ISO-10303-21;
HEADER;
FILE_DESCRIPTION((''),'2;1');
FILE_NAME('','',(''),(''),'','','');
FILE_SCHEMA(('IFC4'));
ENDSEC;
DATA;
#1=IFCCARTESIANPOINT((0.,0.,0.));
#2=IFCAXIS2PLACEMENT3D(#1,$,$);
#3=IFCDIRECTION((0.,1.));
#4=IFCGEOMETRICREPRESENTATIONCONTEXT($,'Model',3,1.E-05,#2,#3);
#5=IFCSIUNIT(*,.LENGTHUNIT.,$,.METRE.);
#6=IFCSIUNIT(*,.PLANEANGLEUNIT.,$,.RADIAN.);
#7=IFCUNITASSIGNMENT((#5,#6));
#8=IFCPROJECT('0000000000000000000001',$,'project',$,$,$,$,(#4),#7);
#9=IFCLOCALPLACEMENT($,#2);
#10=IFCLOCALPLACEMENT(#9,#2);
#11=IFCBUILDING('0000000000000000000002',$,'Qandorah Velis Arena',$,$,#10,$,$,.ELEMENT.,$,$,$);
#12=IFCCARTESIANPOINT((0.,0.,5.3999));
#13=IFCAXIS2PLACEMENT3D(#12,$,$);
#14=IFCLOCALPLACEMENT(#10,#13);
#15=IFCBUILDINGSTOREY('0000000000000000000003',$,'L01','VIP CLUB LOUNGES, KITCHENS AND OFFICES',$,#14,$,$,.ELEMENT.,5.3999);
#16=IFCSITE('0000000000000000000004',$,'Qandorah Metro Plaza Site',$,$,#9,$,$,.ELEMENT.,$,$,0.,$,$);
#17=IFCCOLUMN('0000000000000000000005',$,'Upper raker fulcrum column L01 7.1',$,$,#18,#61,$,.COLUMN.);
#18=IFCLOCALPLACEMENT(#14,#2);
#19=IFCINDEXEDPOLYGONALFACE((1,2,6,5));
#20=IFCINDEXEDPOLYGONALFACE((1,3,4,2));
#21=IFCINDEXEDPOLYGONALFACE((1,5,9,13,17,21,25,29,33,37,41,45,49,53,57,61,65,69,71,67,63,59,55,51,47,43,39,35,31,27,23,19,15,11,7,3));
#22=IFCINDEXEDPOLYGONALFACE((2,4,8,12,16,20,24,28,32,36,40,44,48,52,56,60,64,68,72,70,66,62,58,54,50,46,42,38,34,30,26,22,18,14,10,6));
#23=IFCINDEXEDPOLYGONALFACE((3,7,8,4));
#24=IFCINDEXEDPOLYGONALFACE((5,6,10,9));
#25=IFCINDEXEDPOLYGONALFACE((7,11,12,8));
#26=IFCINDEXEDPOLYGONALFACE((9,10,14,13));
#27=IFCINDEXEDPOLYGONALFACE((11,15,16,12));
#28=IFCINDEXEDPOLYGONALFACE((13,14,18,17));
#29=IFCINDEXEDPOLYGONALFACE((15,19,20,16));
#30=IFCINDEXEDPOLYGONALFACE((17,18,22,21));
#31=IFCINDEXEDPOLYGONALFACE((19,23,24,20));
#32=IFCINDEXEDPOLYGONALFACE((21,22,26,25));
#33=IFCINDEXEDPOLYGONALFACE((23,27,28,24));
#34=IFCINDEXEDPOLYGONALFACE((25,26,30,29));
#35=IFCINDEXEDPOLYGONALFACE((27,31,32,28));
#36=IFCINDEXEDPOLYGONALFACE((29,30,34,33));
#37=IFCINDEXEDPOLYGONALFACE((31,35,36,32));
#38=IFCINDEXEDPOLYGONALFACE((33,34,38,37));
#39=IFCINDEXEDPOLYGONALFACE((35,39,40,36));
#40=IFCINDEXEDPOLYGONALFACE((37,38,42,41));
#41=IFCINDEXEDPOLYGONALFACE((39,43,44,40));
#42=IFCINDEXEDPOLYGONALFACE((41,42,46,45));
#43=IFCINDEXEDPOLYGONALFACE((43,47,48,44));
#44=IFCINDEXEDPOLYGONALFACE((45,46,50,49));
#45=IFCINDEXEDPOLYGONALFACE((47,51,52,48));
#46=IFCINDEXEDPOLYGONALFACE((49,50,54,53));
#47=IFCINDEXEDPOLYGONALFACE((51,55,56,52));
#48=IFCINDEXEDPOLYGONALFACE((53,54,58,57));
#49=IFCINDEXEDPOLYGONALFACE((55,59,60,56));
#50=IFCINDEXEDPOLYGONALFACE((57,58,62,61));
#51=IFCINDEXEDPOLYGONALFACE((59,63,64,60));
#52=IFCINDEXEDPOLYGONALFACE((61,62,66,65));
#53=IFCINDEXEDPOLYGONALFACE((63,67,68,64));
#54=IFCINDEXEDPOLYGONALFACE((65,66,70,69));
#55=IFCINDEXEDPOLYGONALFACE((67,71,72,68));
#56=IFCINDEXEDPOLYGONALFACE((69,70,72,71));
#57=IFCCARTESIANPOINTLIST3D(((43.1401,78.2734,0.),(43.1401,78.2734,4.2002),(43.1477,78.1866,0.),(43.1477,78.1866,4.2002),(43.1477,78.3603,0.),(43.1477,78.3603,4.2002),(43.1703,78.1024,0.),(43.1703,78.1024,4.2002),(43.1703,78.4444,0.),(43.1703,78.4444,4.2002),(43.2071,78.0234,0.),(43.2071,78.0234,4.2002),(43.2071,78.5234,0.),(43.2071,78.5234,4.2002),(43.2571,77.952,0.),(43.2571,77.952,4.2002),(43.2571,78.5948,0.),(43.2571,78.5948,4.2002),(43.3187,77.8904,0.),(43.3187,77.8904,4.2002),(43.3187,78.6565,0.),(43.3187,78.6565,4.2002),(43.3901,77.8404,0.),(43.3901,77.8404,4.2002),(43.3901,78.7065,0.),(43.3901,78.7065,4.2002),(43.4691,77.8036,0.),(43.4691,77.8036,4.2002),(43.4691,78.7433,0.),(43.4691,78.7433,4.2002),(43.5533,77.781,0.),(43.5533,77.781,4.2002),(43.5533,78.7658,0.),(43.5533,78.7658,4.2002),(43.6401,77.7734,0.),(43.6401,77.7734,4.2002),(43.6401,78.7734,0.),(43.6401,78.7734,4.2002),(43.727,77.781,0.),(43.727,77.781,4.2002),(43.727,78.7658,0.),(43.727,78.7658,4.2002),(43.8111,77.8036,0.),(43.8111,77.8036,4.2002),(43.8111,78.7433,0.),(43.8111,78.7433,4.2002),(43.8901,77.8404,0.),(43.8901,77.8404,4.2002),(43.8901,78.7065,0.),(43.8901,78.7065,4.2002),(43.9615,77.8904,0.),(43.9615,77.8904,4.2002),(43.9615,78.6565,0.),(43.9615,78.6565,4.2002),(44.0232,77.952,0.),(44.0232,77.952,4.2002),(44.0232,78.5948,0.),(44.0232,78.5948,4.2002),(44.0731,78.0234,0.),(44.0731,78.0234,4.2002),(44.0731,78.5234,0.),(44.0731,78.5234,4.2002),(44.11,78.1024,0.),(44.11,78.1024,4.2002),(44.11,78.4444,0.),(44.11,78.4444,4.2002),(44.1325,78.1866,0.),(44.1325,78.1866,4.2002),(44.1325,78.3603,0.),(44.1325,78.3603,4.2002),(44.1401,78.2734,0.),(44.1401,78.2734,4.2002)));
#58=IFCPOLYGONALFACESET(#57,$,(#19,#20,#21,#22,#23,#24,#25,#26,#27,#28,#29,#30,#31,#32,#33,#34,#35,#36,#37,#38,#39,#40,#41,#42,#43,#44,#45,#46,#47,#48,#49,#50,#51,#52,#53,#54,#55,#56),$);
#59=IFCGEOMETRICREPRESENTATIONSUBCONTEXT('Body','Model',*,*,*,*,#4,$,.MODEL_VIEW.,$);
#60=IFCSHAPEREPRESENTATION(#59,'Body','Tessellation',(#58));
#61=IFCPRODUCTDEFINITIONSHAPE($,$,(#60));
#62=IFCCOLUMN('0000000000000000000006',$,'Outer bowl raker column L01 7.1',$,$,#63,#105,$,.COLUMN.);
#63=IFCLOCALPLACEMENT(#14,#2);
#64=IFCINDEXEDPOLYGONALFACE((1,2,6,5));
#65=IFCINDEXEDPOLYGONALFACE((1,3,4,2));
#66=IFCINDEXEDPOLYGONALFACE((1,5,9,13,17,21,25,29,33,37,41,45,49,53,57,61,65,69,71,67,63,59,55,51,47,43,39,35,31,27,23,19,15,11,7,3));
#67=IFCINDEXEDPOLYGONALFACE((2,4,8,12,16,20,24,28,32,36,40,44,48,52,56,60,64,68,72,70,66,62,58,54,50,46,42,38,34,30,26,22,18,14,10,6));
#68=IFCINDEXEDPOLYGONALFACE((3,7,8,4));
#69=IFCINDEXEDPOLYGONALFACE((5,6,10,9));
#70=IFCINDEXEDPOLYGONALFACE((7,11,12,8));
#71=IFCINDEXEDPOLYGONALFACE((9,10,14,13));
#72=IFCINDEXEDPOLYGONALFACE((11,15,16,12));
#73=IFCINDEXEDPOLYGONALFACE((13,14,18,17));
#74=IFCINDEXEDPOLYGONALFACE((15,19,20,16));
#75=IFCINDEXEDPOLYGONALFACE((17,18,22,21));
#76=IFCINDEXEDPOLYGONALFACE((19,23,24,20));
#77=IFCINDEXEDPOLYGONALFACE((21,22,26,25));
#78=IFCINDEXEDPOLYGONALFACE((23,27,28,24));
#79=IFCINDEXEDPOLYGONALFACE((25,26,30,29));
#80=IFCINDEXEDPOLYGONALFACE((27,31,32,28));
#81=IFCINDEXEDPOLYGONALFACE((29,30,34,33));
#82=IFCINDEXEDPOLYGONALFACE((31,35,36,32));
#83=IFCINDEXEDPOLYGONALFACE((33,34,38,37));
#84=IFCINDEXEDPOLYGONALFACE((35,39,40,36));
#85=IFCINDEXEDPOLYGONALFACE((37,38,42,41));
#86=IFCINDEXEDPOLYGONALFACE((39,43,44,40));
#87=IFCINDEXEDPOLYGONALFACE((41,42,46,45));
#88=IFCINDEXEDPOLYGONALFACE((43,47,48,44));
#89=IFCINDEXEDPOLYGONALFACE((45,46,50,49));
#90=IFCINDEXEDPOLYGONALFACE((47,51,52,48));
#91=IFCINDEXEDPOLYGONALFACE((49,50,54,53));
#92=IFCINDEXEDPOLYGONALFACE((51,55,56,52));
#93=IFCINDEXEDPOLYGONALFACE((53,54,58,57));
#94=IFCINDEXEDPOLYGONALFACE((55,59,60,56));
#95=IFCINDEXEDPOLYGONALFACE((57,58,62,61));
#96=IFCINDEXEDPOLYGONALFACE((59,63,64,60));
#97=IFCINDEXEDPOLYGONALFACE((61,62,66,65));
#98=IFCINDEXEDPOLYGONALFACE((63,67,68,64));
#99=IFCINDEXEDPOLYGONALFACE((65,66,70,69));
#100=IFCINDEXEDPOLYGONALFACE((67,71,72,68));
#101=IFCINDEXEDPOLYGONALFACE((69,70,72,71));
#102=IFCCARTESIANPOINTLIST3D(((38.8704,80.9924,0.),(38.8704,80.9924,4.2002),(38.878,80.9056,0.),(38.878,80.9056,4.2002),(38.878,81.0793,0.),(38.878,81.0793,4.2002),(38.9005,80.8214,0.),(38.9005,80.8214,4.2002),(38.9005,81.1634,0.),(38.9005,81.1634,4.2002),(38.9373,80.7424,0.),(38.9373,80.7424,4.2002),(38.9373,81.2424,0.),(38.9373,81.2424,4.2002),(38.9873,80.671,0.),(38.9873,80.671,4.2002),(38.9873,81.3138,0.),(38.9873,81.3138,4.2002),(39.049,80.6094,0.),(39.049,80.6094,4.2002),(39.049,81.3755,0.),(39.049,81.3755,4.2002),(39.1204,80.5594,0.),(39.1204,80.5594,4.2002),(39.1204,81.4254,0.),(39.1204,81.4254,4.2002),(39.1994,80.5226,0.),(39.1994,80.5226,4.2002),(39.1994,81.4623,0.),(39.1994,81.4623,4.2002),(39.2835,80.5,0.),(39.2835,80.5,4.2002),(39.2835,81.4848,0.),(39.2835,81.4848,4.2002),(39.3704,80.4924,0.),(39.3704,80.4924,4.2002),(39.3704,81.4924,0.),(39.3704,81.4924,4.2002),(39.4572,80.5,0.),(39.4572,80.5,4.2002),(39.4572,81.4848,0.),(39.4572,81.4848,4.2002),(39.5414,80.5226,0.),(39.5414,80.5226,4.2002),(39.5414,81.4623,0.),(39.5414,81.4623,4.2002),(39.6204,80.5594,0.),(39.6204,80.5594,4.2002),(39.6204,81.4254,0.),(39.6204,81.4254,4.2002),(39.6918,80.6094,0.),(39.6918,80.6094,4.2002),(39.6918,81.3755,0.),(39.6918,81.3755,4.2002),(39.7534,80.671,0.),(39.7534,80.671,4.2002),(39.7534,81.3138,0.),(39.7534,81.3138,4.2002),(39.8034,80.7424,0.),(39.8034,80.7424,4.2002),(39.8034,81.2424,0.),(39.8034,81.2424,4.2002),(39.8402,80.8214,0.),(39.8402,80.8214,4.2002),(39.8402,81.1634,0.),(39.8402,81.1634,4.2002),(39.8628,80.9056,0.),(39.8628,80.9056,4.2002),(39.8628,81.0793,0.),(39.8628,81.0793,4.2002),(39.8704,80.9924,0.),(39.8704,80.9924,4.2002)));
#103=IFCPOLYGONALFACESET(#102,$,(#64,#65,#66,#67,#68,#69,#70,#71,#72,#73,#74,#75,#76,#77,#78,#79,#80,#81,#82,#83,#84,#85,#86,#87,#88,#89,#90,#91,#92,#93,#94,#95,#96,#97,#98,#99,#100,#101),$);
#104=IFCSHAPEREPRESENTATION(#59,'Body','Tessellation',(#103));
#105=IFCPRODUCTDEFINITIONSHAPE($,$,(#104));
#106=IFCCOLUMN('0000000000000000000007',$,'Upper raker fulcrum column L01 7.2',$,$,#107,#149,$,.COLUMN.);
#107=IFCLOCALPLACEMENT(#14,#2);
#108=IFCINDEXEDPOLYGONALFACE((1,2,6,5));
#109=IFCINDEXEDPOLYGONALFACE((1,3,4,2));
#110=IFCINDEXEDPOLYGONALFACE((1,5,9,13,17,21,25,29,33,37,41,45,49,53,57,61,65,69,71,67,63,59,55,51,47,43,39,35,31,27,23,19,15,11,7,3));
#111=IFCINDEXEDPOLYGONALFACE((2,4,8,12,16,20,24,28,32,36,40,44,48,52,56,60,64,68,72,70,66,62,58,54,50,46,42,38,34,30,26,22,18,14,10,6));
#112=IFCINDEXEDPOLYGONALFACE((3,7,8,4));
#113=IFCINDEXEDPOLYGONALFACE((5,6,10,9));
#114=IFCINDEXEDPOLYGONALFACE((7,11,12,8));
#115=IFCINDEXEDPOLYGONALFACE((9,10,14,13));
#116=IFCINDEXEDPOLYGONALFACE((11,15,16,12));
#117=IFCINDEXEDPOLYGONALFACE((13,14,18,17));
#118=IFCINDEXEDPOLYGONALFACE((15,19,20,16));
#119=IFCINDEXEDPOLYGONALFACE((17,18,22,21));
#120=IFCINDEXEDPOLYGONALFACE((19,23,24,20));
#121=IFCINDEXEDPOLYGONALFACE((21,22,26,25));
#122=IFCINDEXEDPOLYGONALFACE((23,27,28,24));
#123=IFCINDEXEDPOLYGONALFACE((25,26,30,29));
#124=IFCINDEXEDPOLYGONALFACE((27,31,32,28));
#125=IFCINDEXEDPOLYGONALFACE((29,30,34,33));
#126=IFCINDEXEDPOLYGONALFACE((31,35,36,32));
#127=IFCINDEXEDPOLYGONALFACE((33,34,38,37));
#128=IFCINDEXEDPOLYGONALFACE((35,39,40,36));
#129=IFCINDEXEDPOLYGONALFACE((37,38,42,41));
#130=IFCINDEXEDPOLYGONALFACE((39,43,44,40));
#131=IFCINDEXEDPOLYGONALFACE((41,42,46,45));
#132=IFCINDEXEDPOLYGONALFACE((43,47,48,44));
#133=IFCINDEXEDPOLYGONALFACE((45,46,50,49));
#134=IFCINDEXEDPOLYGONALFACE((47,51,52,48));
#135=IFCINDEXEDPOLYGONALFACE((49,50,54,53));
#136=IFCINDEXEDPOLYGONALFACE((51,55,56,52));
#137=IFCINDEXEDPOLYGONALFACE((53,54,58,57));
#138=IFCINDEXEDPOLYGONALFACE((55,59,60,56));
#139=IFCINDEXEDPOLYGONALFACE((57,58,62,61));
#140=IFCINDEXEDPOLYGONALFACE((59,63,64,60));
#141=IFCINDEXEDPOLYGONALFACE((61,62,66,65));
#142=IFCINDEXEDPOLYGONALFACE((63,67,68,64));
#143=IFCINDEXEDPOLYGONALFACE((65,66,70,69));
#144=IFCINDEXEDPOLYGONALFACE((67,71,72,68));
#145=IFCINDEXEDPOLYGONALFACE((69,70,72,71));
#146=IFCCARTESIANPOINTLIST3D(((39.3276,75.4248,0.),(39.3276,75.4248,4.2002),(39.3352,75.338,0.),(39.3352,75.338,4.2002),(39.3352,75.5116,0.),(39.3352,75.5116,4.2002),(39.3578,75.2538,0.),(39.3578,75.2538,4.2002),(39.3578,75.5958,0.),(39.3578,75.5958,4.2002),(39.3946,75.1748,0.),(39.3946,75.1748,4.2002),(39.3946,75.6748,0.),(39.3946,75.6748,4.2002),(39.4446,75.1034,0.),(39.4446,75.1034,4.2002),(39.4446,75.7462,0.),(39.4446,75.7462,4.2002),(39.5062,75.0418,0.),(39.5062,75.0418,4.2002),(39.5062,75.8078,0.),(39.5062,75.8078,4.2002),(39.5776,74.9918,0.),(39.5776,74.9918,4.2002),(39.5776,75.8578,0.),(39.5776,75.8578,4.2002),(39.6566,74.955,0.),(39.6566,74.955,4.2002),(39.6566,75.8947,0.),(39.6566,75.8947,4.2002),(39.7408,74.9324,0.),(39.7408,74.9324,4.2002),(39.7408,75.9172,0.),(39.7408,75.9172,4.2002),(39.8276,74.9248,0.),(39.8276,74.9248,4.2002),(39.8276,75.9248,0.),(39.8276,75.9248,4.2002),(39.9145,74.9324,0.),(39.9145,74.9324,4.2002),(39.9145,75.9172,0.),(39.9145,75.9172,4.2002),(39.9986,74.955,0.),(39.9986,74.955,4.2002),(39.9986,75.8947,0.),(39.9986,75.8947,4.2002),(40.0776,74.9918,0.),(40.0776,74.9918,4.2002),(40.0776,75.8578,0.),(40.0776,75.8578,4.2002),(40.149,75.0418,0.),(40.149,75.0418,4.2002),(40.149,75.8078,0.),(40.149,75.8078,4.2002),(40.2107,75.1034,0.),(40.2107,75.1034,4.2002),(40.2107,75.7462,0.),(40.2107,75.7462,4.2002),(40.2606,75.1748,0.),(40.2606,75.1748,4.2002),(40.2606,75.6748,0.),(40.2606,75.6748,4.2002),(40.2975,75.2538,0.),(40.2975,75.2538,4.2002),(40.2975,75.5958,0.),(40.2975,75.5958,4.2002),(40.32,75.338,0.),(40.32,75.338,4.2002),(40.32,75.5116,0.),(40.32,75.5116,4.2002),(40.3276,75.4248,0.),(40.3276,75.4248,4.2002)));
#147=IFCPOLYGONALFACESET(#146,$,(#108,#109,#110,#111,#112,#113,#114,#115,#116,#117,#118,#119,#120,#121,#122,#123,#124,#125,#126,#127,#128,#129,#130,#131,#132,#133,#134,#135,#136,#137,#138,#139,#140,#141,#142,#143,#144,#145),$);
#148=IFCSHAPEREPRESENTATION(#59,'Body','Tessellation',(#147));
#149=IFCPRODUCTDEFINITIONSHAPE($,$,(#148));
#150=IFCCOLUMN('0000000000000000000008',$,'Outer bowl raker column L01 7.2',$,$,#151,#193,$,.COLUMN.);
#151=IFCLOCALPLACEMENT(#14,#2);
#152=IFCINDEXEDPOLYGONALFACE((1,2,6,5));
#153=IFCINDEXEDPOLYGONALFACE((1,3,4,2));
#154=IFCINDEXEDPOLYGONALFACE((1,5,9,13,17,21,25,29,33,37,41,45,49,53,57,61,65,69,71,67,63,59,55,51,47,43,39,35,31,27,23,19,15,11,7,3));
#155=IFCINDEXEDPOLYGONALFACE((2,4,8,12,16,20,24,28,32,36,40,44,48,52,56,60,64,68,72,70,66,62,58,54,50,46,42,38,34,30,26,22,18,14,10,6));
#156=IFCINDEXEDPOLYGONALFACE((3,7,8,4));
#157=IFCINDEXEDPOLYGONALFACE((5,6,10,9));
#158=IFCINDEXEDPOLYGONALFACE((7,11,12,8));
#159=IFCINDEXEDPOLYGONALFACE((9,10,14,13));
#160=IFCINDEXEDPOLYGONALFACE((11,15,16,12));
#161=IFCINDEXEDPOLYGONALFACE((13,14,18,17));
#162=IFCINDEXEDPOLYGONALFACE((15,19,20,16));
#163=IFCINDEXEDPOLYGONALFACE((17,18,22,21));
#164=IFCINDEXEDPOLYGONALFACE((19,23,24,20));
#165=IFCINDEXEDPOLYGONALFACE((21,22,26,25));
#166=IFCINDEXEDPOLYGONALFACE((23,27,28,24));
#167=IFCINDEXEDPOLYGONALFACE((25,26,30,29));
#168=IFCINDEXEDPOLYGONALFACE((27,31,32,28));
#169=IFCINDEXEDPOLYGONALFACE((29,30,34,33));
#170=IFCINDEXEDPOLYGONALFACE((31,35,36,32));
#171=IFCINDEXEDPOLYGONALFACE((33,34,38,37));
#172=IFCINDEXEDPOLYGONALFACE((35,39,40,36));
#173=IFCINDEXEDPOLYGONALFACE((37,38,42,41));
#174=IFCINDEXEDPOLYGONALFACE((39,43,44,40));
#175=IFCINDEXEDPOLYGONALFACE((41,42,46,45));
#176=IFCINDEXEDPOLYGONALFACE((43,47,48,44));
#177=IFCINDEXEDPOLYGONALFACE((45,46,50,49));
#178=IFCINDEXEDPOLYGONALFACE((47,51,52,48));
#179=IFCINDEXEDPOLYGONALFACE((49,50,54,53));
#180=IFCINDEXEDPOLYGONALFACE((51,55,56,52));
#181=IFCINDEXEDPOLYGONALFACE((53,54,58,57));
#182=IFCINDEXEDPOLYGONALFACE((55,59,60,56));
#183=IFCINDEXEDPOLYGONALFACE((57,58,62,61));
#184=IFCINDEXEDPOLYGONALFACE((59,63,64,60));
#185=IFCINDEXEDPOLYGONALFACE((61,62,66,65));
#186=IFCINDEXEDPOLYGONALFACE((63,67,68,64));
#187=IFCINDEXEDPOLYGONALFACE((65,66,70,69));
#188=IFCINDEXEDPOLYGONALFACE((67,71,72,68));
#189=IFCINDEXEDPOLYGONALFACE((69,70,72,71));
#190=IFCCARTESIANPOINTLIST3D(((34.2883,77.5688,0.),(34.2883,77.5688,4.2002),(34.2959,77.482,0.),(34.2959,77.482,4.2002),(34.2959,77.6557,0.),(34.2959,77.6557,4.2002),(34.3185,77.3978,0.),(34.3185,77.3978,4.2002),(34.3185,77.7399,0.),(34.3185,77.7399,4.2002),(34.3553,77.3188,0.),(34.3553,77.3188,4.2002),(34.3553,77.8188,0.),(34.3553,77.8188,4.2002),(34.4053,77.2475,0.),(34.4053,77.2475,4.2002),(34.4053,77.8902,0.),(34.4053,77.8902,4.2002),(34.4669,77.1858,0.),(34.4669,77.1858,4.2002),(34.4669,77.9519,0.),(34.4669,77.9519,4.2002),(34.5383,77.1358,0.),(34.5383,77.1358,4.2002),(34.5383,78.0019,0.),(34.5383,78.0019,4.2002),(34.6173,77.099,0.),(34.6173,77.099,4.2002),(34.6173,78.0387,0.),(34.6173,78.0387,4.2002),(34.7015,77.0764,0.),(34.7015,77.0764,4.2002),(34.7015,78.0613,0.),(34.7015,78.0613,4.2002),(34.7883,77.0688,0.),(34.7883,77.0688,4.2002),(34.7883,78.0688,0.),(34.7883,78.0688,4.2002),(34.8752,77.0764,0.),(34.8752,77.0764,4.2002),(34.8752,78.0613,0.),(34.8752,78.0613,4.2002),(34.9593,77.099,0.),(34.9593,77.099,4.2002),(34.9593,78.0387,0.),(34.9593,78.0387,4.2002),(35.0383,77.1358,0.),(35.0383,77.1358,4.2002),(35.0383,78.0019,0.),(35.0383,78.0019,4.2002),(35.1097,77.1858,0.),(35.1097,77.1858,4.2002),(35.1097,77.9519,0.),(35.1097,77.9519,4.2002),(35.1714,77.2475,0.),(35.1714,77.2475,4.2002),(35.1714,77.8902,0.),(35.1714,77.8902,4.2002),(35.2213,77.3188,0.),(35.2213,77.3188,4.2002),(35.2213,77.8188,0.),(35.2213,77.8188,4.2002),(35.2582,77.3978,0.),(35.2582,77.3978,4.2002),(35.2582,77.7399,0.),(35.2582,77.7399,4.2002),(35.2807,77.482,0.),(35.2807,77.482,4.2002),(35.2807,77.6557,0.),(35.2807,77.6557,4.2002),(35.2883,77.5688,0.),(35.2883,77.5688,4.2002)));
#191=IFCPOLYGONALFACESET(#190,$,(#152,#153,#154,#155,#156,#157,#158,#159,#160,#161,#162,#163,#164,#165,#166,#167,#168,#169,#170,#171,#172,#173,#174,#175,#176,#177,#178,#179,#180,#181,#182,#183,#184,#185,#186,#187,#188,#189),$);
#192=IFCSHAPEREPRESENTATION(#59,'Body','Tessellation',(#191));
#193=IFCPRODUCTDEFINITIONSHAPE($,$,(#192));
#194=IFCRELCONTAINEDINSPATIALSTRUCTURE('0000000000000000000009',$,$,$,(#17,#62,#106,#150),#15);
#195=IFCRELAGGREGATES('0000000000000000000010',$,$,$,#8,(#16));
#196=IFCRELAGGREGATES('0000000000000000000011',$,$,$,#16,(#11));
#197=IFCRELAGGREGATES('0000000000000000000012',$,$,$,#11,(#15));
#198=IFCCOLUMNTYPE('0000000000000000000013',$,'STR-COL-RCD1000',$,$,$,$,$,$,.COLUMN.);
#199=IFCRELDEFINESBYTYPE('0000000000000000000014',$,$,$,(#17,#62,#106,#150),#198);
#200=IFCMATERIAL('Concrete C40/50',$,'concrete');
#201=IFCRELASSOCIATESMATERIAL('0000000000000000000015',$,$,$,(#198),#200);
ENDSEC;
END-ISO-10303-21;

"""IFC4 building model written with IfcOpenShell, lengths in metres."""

from ifc_helpers import new_model, si_unit, direction, frame, origin, origin_2d, place, context, subcontext, project, spatial, circle, extrude, material, material_profile, profile_set, type_object, element, save


model = new_model("IFC4")

# Units and contexts
model_context = context("Model", 3, precision=1e-05, world=origin(), true_north=direction((0.0, 1.0)))
body_context = subcontext(model_context, "Body", "Model", "MODEL_VIEW")
ifc_project = project(units=[si_unit("LENGTHUNIT", "METRE"), si_unit("PLANEANGLEUNIT", "RADIAN")], contexts=[model_context])

# Site, building, storey
site_placement = place(None, origin())
site = spatial("IfcSite", under=ifc_project, at=site_placement, Name="Qandorah Metro Plaza Site", CompositionType="ELEMENT", RefElevation=0.0)
building_placement = place(site_placement, origin())
building = spatial("IfcBuilding", under=site, at=building_placement, Name="Qandorah Velis Arena", CompositionType="ELEMENT")
storey_placement = place(building_placement, frame((0.0, 0.0, 5.3999)))
storey = spatial("IfcBuildingStorey", under=building, at=storey_placement, Name="L01", Description="VIP CLUB LOUNGES, KITCHENS AND OFFICES", CompositionType="ELEMENT", Elevation=5.3999)

# Columns
ifc_material_1 = material(Name="Concrete C40/50", Category="concrete")
ifc_material_profile_1 = material_profile(ifc_material_1, circle(Radius=0.5, at=origin_2d()), Name="RC D1000")
ifc_profile_set_1 = profile_set([ifc_material_profile_1], Name="Concrete C40/50")
column_type = type_object("IfcColumnType", Name="STR-COL-RCD1000", PredefinedType="COLUMN", material=ifc_profile_set_1)
for number, where, z_axis, x_axis, name in (
    (1, (43.6401, 78.2734, 0.0), (0.0, 0.0, 1.0), (1.0, 0.0, 0.0), "Upper raker fulcrum column L01 7.1"),
    (2, (39.3704, 80.9924, 0.0), (0.0, 0.0, 1.0), (1.0, 0.0, 0.0), "Outer bowl raker column L01 7.1"),
    (3, (39.8276, 75.4248, 0.0), (0.0, 0.0, 1.0), (1.0, 0.0, 0.0), "Upper raker fulcrum column L01 7.2"),
    (4, (34.7883, 77.5688, 0.0), (0.0, 0.0, 1.0), (1.0, 0.0, 0.0), "Outer bowl raker column L01 7.2"),
):
    element("IfcColumn", number, at=place(storey_placement, frame(where, z_axis=z_axis, x_axis=x_axis)), inside=storey, type_object=column_type, Name=name, PredefinedType="COLUMN", context=body_context, shape_type="SweptSolid", body=[
        extrude(circle(Radius=0.5, at=origin_2d()), origin(), (0.0, 0.0, 1.0), 4.2002),
    ])

save(model, "model.ifc")
